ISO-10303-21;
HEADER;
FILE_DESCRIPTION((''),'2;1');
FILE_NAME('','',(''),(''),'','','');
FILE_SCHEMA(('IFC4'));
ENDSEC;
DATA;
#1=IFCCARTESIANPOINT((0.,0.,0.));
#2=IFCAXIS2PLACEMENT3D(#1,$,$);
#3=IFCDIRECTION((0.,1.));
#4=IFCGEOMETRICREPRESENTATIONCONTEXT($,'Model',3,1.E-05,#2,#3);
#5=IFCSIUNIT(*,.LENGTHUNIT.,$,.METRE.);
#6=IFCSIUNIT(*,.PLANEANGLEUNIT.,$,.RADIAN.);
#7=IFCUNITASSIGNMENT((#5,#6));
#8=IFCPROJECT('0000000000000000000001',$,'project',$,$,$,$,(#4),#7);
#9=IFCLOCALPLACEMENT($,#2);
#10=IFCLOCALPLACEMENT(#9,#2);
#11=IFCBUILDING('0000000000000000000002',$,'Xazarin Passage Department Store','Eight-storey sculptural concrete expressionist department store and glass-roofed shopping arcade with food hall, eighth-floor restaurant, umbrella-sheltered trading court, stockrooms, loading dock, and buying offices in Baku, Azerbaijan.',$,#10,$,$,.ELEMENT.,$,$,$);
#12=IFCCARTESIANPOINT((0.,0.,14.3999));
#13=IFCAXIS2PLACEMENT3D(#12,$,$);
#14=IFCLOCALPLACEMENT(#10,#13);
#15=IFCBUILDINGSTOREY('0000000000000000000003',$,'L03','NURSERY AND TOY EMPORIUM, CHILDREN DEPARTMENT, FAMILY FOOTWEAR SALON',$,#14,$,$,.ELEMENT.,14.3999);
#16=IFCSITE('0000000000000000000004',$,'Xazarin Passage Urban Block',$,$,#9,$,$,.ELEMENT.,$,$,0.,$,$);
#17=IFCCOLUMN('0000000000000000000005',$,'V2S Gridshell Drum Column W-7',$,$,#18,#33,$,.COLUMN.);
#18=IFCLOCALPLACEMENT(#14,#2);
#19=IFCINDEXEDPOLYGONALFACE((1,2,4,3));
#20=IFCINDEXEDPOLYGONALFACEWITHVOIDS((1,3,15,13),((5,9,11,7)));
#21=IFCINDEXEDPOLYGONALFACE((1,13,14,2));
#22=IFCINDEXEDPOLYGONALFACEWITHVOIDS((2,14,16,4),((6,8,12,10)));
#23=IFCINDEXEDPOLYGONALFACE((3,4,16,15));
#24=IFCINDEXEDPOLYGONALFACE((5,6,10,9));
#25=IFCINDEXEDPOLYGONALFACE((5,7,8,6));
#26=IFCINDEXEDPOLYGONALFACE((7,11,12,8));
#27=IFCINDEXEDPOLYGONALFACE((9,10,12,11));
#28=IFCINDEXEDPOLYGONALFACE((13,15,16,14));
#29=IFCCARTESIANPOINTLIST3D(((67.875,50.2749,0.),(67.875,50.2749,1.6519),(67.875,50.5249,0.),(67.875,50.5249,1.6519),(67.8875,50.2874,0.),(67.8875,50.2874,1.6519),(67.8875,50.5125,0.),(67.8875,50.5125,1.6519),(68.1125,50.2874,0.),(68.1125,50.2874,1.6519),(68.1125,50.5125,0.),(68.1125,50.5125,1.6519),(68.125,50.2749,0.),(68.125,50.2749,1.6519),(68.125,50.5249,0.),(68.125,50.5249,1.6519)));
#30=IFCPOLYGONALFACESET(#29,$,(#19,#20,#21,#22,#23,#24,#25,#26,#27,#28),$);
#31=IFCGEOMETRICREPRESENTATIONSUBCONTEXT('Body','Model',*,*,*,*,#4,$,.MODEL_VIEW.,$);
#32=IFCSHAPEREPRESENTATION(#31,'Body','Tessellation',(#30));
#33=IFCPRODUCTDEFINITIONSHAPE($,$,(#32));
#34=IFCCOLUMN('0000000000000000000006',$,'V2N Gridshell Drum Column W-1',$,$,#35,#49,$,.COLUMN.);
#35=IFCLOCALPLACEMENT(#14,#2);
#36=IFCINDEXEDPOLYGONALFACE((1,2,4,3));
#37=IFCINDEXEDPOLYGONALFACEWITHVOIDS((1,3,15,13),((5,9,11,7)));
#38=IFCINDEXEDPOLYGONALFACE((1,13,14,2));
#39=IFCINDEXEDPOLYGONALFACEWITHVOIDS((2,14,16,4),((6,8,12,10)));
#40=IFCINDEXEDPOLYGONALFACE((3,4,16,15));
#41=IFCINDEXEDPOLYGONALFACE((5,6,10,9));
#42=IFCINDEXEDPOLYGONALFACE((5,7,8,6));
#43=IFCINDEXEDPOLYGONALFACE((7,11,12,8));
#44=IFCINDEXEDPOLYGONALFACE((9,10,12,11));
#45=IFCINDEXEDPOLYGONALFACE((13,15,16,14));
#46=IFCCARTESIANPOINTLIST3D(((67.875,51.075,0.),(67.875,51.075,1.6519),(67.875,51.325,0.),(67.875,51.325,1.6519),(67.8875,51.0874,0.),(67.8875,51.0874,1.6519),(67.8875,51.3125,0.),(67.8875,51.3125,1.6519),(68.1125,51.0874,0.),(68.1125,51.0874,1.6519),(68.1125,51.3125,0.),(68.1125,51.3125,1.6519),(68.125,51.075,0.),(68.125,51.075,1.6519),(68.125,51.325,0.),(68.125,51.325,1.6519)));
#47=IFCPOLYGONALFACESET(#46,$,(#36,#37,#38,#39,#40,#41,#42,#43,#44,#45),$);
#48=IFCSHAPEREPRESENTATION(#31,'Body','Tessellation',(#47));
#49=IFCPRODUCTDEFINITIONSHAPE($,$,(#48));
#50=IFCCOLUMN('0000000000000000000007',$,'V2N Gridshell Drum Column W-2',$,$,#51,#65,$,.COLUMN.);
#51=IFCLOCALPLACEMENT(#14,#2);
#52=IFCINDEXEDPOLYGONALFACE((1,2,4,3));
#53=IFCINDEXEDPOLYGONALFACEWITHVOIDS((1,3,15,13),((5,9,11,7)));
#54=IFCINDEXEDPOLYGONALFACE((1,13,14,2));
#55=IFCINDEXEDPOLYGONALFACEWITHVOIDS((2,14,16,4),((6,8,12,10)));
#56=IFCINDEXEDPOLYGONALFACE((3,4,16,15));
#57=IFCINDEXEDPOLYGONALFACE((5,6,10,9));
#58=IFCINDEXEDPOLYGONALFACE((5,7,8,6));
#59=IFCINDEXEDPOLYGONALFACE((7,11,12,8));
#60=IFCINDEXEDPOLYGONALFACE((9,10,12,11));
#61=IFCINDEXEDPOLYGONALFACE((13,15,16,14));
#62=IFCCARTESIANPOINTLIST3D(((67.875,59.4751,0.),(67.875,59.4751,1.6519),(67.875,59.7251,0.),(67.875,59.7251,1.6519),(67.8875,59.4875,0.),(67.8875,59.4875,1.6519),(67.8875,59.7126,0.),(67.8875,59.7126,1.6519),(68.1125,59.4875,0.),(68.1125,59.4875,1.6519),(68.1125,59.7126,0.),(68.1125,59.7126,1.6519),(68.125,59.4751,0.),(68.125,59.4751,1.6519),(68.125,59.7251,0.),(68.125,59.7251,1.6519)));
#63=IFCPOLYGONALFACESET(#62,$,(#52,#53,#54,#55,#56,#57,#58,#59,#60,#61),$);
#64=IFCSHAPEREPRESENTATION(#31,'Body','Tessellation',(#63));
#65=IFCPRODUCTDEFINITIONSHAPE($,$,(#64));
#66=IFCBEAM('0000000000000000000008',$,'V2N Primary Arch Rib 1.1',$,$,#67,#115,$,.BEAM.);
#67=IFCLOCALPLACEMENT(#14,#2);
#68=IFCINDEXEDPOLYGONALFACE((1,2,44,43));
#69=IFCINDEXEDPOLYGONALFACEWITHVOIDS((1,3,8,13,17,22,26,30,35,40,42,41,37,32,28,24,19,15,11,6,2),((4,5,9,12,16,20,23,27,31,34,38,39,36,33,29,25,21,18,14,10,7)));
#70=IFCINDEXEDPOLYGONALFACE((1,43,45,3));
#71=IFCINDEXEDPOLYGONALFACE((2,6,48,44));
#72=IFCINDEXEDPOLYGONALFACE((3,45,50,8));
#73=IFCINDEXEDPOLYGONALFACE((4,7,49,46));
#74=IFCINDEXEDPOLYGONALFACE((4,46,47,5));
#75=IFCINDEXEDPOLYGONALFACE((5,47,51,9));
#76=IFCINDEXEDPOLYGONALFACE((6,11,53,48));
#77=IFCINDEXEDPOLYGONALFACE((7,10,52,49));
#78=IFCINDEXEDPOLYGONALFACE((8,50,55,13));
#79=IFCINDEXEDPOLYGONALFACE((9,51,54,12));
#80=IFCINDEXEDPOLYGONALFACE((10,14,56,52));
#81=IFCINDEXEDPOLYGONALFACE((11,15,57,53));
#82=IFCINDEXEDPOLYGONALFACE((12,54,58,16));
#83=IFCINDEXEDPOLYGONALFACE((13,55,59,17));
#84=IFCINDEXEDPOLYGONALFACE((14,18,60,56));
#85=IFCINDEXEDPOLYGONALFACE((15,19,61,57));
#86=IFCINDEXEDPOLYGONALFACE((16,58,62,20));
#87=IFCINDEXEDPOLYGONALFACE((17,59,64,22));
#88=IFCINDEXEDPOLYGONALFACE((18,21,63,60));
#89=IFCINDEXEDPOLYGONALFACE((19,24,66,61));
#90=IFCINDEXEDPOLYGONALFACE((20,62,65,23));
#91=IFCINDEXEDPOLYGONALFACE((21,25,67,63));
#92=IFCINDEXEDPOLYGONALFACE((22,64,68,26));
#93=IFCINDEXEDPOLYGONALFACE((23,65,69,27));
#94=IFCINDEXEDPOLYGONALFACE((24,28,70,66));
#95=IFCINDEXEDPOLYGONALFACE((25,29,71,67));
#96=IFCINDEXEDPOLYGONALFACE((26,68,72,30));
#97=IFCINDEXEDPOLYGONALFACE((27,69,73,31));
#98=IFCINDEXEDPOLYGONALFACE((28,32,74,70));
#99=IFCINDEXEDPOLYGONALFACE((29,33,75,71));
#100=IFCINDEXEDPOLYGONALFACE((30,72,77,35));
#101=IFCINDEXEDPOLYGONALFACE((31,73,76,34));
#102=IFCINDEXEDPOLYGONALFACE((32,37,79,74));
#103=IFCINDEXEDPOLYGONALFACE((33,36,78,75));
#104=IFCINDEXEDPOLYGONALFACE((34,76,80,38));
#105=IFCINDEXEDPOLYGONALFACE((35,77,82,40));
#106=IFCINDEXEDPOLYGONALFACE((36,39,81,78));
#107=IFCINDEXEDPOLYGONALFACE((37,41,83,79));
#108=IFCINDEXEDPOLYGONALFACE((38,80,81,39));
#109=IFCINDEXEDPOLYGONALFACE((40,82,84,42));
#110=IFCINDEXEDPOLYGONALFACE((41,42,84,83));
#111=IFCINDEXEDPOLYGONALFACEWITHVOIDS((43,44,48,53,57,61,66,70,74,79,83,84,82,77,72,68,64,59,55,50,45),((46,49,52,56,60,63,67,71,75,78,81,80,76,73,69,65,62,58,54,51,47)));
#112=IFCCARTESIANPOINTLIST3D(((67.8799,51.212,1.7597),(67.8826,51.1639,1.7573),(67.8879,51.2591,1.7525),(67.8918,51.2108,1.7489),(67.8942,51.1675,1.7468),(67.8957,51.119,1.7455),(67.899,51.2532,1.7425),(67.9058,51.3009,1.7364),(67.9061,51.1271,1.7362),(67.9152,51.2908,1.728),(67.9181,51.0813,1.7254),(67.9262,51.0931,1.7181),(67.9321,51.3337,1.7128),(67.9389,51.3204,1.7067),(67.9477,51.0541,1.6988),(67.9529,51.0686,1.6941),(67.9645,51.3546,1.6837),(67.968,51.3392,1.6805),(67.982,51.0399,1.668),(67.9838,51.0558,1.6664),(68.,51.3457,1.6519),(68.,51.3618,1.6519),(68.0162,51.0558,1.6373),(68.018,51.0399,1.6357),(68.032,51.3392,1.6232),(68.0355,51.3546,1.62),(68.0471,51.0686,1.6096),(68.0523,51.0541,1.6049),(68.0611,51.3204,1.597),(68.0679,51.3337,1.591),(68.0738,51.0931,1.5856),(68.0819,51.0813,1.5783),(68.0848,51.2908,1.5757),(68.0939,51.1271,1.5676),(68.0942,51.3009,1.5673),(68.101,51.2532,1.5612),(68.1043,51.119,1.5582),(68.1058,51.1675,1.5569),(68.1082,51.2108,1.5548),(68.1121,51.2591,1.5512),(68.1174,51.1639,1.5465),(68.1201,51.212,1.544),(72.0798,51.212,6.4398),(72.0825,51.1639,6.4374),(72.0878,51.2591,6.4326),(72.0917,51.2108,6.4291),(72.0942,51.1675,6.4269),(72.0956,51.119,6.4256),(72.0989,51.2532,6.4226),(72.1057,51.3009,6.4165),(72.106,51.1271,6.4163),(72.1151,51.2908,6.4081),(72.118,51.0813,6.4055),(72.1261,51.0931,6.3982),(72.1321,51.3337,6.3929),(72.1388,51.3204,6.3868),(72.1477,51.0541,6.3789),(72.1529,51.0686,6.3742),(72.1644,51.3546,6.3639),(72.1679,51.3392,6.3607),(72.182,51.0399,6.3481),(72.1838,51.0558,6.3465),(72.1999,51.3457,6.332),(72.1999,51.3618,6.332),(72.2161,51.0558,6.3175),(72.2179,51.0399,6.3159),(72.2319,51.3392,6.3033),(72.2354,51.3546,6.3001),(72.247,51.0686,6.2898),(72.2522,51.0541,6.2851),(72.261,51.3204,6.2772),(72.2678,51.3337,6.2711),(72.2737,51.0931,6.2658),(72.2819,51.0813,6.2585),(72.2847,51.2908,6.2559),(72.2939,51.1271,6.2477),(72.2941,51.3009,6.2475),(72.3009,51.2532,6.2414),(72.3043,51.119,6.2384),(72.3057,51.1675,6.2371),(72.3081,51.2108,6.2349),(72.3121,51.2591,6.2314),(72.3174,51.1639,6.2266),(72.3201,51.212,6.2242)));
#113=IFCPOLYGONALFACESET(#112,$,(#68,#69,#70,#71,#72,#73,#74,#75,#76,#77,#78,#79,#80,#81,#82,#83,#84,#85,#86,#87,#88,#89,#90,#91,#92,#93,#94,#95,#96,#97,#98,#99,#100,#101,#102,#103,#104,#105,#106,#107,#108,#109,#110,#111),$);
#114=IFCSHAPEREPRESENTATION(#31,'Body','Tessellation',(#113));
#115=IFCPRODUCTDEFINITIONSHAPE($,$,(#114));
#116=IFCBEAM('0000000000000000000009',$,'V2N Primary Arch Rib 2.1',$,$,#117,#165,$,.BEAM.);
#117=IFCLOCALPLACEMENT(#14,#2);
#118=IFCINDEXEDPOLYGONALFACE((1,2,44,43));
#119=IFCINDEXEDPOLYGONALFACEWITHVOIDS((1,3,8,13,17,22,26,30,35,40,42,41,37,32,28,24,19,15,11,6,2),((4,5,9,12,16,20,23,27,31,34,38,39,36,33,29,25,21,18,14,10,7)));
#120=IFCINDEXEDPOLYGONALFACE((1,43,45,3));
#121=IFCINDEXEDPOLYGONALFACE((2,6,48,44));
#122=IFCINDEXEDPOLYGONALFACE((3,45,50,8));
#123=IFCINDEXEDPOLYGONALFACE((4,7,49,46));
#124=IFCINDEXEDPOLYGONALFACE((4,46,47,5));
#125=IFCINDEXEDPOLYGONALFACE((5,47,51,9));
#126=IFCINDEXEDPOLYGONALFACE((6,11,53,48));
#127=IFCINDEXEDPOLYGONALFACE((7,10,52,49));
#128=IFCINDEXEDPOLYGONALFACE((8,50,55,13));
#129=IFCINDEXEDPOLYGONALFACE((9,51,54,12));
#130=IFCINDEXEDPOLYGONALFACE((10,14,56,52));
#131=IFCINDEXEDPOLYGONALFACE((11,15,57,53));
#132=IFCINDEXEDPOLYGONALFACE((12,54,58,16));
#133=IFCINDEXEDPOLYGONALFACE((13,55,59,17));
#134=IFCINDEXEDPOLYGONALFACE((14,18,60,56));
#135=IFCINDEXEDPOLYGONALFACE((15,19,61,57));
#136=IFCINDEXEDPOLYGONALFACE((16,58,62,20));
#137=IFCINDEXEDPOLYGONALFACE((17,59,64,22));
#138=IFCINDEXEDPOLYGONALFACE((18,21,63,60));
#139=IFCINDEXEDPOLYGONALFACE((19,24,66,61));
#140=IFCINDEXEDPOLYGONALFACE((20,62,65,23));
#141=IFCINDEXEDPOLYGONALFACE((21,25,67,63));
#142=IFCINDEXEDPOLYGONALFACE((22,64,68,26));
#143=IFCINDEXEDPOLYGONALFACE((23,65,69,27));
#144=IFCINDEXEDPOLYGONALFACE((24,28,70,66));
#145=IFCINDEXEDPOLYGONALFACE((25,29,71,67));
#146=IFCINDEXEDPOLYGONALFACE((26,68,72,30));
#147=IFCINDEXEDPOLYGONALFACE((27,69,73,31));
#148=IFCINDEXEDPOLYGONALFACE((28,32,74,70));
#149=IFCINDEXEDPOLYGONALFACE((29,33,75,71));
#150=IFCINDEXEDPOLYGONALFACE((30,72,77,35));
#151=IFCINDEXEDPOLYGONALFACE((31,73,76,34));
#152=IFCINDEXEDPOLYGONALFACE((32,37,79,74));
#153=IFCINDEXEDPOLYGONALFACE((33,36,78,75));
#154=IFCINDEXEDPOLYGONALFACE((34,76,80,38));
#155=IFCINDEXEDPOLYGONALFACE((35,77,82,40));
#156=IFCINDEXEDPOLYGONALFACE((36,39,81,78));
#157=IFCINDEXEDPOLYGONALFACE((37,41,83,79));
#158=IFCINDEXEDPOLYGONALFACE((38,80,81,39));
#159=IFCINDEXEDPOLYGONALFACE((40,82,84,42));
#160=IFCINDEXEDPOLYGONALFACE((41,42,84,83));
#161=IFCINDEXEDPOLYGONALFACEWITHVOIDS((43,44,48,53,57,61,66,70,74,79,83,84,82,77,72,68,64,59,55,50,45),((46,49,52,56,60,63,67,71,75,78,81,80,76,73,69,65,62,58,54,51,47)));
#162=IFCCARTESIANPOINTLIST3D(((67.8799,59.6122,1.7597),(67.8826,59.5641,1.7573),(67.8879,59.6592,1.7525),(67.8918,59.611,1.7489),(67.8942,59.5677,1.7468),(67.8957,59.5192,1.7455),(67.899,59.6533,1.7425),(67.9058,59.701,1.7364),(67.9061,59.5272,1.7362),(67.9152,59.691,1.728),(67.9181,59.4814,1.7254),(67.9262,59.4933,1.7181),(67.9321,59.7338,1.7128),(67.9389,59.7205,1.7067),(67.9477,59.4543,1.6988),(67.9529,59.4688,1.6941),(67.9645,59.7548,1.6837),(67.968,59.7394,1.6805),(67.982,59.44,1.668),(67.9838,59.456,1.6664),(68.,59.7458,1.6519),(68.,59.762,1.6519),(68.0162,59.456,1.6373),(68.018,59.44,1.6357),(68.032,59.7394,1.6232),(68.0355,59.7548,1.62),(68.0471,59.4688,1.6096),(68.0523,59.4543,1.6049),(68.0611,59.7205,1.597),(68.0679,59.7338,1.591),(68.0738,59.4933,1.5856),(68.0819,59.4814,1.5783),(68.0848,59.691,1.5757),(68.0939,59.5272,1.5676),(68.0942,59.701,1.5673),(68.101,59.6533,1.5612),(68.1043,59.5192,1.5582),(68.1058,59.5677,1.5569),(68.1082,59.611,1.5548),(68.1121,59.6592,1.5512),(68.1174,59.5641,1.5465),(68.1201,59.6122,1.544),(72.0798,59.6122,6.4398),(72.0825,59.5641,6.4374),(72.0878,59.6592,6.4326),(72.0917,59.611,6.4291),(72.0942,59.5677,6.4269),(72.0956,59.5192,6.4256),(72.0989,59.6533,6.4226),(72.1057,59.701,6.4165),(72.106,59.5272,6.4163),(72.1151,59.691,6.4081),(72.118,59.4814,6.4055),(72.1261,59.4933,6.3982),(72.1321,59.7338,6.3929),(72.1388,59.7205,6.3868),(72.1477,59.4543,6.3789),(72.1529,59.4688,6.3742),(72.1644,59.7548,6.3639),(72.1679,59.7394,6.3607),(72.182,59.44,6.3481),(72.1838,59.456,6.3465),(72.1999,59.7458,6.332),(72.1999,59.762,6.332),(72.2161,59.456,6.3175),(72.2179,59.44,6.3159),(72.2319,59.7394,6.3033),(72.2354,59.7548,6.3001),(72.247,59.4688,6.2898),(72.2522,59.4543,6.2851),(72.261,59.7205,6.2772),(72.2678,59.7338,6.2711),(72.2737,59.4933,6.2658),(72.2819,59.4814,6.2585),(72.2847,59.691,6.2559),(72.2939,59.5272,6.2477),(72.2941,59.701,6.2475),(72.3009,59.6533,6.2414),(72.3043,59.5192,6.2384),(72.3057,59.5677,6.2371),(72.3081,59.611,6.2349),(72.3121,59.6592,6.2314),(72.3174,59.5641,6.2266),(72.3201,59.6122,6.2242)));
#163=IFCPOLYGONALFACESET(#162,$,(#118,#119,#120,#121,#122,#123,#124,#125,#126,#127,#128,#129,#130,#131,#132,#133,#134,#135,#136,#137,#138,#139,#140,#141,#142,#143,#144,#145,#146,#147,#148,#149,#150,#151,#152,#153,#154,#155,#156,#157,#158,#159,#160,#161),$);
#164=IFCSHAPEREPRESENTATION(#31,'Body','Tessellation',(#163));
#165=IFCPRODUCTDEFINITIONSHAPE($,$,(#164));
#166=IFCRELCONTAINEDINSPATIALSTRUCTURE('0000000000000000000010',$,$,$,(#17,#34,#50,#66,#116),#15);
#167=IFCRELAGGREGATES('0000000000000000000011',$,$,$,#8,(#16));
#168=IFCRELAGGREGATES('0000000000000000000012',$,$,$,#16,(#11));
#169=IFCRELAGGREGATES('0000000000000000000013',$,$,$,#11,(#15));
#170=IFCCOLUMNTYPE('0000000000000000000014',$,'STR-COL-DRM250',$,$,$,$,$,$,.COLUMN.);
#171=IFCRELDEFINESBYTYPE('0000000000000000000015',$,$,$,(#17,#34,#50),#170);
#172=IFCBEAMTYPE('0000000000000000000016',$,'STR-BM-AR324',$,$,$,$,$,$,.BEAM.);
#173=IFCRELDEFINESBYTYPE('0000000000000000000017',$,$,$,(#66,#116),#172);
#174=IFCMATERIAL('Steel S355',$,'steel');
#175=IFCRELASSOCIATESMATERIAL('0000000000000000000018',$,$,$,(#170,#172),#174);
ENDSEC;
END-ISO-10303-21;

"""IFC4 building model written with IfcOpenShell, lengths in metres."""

from ifc_helpers import new_model, si_unit, direction, frame, origin, origin_2d, place, context, subcontext, project, spatial, hollow_rectangle, hollow_circle, extrude, material, material_profile, profile_set, type_object, element, save


model = new_model("IFC4")

# Units and contexts
model_context = context("Model", 3, precision=1e-05, world=origin(), true_north=direction((0.0, 1.0)))
body_context = subcontext(model_context, "Body", "Model", "MODEL_VIEW")
ifc_project = project(units=[si_unit("LENGTHUNIT", "METRE"), si_unit("PLANEANGLEUNIT", "RADIAN")], contexts=[model_context])

# Site, building, storey
site_placement = place(None, origin())
site = spatial("IfcSite", under=ifc_project, at=site_placement, Name="Xazarin Passage Urban Block", CompositionType="ELEMENT", RefElevation=0.0)
building_placement = place(site_placement, origin())
building = spatial("IfcBuilding", under=site, at=building_placement, Name="Xazarin Passage Department Store", Description="Eight-storey sculptural concrete expressionist department store and glass-roofed shopping arcade with food hall, eighth-floor restaurant, umbrella-sheltered trading court, stockrooms, loading dock, and buying offices in Baku, Azerbaijan.", CompositionType="ELEMENT")
storey_placement = place(building_placement, frame((0.0, 0.0, 14.3999)))
storey = spatial("IfcBuildingStorey", under=building, at=storey_placement, Name="L03", Description="NURSERY AND TOY EMPORIUM, CHILDREN DEPARTMENT, FAMILY FOOTWEAR SALON", CompositionType="ELEMENT", Elevation=14.3999)

# Columns
ifc_material_1 = material(Name="Steel S355", Category="steel")
ifc_material_profile_1 = material_profile(ifc_material_1, hollow_rectangle(XDim=0.25, YDim=0.25, WallThickness=0.0125, at=origin_2d()), Name="SHS 250x250x12.5")
ifc_profile_set_1 = profile_set([ifc_material_profile_1], Name="Steel S355")
column_type = type_object("IfcColumnType", Name="STR-COL-DRM250", PredefinedType="COLUMN", material=ifc_profile_set_1)
for number, where, z_axis, x_axis, name in (
    (1, (68.0, 50.3999, 0.0), (0.0, 0.0, 1.0), (1.0, 0.0, 0.0), "V2S Gridshell Drum Column W-7"),
    (2, (68.0, 51.2, 0.0), (0.0, 0.0, 1.0), (1.0, 0.0, 0.0), "V2N Gridshell Drum Column W-1"),
    (3, (68.0, 59.6001, 0.0), (0.0, 0.0, 1.0), (1.0, 0.0, 0.0), "V2N Gridshell Drum Column W-2"),
):
    element("IfcColumn", number, at=place(storey_placement, frame(where, z_axis=z_axis, x_axis=x_axis)), inside=storey, type_object=column_type, Name=name, PredefinedType="COLUMN", context=body_context, shape_type="SweptSolid", body=[
        extrude(hollow_rectangle(XDim=0.25, YDim=0.25, WallThickness=0.0125, at=origin_2d()), origin(), (0.0, 0.0, 1.0), 1.6519),
    ])

# Beams
ifc_material_profile_2 = material_profile(ifc_material_1, hollow_circle(Radius=0.1619, WallThickness=0.0161, at=origin_2d()), Name="CHS 323.9x16")
ifc_profile_set_2 = profile_set([ifc_material_profile_2], Name="Steel S355")
beam_type_1 = type_object("IfcBeamType", Name="STR-BM-AR324", PredefinedType="BEAM", material=ifc_profile_set_2)
for number, where, z_axis, x_axis, name in (
    (4, (68.0, 51.2, 1.6519), (0.667892, 0.0, 0.744259), (0.0, 1.0, 0.0), "V2N Primary Arch Rib 1.1"),
    (5, (68.0, 59.6001, 1.6519), (0.667892, 0.0, 0.744259), (0.0, 1.0, 0.0), "V2N Primary Arch Rib 2.1"),
):
    element("IfcBeam", number, at=place(storey_placement, frame(where, z_axis=z_axis, x_axis=x_axis)), inside=storey, type_object=beam_type_1, Name=name, PredefinedType="BEAM", context=body_context, shape_type="SweptSolid", body=[
        extrude(hollow_circle(Radius=0.1619, WallThickness=0.0161, at=origin_2d()), origin(), (0.0, 0.0, 1.0), 6.2883),
    ])

save(model, "model.ifc")
